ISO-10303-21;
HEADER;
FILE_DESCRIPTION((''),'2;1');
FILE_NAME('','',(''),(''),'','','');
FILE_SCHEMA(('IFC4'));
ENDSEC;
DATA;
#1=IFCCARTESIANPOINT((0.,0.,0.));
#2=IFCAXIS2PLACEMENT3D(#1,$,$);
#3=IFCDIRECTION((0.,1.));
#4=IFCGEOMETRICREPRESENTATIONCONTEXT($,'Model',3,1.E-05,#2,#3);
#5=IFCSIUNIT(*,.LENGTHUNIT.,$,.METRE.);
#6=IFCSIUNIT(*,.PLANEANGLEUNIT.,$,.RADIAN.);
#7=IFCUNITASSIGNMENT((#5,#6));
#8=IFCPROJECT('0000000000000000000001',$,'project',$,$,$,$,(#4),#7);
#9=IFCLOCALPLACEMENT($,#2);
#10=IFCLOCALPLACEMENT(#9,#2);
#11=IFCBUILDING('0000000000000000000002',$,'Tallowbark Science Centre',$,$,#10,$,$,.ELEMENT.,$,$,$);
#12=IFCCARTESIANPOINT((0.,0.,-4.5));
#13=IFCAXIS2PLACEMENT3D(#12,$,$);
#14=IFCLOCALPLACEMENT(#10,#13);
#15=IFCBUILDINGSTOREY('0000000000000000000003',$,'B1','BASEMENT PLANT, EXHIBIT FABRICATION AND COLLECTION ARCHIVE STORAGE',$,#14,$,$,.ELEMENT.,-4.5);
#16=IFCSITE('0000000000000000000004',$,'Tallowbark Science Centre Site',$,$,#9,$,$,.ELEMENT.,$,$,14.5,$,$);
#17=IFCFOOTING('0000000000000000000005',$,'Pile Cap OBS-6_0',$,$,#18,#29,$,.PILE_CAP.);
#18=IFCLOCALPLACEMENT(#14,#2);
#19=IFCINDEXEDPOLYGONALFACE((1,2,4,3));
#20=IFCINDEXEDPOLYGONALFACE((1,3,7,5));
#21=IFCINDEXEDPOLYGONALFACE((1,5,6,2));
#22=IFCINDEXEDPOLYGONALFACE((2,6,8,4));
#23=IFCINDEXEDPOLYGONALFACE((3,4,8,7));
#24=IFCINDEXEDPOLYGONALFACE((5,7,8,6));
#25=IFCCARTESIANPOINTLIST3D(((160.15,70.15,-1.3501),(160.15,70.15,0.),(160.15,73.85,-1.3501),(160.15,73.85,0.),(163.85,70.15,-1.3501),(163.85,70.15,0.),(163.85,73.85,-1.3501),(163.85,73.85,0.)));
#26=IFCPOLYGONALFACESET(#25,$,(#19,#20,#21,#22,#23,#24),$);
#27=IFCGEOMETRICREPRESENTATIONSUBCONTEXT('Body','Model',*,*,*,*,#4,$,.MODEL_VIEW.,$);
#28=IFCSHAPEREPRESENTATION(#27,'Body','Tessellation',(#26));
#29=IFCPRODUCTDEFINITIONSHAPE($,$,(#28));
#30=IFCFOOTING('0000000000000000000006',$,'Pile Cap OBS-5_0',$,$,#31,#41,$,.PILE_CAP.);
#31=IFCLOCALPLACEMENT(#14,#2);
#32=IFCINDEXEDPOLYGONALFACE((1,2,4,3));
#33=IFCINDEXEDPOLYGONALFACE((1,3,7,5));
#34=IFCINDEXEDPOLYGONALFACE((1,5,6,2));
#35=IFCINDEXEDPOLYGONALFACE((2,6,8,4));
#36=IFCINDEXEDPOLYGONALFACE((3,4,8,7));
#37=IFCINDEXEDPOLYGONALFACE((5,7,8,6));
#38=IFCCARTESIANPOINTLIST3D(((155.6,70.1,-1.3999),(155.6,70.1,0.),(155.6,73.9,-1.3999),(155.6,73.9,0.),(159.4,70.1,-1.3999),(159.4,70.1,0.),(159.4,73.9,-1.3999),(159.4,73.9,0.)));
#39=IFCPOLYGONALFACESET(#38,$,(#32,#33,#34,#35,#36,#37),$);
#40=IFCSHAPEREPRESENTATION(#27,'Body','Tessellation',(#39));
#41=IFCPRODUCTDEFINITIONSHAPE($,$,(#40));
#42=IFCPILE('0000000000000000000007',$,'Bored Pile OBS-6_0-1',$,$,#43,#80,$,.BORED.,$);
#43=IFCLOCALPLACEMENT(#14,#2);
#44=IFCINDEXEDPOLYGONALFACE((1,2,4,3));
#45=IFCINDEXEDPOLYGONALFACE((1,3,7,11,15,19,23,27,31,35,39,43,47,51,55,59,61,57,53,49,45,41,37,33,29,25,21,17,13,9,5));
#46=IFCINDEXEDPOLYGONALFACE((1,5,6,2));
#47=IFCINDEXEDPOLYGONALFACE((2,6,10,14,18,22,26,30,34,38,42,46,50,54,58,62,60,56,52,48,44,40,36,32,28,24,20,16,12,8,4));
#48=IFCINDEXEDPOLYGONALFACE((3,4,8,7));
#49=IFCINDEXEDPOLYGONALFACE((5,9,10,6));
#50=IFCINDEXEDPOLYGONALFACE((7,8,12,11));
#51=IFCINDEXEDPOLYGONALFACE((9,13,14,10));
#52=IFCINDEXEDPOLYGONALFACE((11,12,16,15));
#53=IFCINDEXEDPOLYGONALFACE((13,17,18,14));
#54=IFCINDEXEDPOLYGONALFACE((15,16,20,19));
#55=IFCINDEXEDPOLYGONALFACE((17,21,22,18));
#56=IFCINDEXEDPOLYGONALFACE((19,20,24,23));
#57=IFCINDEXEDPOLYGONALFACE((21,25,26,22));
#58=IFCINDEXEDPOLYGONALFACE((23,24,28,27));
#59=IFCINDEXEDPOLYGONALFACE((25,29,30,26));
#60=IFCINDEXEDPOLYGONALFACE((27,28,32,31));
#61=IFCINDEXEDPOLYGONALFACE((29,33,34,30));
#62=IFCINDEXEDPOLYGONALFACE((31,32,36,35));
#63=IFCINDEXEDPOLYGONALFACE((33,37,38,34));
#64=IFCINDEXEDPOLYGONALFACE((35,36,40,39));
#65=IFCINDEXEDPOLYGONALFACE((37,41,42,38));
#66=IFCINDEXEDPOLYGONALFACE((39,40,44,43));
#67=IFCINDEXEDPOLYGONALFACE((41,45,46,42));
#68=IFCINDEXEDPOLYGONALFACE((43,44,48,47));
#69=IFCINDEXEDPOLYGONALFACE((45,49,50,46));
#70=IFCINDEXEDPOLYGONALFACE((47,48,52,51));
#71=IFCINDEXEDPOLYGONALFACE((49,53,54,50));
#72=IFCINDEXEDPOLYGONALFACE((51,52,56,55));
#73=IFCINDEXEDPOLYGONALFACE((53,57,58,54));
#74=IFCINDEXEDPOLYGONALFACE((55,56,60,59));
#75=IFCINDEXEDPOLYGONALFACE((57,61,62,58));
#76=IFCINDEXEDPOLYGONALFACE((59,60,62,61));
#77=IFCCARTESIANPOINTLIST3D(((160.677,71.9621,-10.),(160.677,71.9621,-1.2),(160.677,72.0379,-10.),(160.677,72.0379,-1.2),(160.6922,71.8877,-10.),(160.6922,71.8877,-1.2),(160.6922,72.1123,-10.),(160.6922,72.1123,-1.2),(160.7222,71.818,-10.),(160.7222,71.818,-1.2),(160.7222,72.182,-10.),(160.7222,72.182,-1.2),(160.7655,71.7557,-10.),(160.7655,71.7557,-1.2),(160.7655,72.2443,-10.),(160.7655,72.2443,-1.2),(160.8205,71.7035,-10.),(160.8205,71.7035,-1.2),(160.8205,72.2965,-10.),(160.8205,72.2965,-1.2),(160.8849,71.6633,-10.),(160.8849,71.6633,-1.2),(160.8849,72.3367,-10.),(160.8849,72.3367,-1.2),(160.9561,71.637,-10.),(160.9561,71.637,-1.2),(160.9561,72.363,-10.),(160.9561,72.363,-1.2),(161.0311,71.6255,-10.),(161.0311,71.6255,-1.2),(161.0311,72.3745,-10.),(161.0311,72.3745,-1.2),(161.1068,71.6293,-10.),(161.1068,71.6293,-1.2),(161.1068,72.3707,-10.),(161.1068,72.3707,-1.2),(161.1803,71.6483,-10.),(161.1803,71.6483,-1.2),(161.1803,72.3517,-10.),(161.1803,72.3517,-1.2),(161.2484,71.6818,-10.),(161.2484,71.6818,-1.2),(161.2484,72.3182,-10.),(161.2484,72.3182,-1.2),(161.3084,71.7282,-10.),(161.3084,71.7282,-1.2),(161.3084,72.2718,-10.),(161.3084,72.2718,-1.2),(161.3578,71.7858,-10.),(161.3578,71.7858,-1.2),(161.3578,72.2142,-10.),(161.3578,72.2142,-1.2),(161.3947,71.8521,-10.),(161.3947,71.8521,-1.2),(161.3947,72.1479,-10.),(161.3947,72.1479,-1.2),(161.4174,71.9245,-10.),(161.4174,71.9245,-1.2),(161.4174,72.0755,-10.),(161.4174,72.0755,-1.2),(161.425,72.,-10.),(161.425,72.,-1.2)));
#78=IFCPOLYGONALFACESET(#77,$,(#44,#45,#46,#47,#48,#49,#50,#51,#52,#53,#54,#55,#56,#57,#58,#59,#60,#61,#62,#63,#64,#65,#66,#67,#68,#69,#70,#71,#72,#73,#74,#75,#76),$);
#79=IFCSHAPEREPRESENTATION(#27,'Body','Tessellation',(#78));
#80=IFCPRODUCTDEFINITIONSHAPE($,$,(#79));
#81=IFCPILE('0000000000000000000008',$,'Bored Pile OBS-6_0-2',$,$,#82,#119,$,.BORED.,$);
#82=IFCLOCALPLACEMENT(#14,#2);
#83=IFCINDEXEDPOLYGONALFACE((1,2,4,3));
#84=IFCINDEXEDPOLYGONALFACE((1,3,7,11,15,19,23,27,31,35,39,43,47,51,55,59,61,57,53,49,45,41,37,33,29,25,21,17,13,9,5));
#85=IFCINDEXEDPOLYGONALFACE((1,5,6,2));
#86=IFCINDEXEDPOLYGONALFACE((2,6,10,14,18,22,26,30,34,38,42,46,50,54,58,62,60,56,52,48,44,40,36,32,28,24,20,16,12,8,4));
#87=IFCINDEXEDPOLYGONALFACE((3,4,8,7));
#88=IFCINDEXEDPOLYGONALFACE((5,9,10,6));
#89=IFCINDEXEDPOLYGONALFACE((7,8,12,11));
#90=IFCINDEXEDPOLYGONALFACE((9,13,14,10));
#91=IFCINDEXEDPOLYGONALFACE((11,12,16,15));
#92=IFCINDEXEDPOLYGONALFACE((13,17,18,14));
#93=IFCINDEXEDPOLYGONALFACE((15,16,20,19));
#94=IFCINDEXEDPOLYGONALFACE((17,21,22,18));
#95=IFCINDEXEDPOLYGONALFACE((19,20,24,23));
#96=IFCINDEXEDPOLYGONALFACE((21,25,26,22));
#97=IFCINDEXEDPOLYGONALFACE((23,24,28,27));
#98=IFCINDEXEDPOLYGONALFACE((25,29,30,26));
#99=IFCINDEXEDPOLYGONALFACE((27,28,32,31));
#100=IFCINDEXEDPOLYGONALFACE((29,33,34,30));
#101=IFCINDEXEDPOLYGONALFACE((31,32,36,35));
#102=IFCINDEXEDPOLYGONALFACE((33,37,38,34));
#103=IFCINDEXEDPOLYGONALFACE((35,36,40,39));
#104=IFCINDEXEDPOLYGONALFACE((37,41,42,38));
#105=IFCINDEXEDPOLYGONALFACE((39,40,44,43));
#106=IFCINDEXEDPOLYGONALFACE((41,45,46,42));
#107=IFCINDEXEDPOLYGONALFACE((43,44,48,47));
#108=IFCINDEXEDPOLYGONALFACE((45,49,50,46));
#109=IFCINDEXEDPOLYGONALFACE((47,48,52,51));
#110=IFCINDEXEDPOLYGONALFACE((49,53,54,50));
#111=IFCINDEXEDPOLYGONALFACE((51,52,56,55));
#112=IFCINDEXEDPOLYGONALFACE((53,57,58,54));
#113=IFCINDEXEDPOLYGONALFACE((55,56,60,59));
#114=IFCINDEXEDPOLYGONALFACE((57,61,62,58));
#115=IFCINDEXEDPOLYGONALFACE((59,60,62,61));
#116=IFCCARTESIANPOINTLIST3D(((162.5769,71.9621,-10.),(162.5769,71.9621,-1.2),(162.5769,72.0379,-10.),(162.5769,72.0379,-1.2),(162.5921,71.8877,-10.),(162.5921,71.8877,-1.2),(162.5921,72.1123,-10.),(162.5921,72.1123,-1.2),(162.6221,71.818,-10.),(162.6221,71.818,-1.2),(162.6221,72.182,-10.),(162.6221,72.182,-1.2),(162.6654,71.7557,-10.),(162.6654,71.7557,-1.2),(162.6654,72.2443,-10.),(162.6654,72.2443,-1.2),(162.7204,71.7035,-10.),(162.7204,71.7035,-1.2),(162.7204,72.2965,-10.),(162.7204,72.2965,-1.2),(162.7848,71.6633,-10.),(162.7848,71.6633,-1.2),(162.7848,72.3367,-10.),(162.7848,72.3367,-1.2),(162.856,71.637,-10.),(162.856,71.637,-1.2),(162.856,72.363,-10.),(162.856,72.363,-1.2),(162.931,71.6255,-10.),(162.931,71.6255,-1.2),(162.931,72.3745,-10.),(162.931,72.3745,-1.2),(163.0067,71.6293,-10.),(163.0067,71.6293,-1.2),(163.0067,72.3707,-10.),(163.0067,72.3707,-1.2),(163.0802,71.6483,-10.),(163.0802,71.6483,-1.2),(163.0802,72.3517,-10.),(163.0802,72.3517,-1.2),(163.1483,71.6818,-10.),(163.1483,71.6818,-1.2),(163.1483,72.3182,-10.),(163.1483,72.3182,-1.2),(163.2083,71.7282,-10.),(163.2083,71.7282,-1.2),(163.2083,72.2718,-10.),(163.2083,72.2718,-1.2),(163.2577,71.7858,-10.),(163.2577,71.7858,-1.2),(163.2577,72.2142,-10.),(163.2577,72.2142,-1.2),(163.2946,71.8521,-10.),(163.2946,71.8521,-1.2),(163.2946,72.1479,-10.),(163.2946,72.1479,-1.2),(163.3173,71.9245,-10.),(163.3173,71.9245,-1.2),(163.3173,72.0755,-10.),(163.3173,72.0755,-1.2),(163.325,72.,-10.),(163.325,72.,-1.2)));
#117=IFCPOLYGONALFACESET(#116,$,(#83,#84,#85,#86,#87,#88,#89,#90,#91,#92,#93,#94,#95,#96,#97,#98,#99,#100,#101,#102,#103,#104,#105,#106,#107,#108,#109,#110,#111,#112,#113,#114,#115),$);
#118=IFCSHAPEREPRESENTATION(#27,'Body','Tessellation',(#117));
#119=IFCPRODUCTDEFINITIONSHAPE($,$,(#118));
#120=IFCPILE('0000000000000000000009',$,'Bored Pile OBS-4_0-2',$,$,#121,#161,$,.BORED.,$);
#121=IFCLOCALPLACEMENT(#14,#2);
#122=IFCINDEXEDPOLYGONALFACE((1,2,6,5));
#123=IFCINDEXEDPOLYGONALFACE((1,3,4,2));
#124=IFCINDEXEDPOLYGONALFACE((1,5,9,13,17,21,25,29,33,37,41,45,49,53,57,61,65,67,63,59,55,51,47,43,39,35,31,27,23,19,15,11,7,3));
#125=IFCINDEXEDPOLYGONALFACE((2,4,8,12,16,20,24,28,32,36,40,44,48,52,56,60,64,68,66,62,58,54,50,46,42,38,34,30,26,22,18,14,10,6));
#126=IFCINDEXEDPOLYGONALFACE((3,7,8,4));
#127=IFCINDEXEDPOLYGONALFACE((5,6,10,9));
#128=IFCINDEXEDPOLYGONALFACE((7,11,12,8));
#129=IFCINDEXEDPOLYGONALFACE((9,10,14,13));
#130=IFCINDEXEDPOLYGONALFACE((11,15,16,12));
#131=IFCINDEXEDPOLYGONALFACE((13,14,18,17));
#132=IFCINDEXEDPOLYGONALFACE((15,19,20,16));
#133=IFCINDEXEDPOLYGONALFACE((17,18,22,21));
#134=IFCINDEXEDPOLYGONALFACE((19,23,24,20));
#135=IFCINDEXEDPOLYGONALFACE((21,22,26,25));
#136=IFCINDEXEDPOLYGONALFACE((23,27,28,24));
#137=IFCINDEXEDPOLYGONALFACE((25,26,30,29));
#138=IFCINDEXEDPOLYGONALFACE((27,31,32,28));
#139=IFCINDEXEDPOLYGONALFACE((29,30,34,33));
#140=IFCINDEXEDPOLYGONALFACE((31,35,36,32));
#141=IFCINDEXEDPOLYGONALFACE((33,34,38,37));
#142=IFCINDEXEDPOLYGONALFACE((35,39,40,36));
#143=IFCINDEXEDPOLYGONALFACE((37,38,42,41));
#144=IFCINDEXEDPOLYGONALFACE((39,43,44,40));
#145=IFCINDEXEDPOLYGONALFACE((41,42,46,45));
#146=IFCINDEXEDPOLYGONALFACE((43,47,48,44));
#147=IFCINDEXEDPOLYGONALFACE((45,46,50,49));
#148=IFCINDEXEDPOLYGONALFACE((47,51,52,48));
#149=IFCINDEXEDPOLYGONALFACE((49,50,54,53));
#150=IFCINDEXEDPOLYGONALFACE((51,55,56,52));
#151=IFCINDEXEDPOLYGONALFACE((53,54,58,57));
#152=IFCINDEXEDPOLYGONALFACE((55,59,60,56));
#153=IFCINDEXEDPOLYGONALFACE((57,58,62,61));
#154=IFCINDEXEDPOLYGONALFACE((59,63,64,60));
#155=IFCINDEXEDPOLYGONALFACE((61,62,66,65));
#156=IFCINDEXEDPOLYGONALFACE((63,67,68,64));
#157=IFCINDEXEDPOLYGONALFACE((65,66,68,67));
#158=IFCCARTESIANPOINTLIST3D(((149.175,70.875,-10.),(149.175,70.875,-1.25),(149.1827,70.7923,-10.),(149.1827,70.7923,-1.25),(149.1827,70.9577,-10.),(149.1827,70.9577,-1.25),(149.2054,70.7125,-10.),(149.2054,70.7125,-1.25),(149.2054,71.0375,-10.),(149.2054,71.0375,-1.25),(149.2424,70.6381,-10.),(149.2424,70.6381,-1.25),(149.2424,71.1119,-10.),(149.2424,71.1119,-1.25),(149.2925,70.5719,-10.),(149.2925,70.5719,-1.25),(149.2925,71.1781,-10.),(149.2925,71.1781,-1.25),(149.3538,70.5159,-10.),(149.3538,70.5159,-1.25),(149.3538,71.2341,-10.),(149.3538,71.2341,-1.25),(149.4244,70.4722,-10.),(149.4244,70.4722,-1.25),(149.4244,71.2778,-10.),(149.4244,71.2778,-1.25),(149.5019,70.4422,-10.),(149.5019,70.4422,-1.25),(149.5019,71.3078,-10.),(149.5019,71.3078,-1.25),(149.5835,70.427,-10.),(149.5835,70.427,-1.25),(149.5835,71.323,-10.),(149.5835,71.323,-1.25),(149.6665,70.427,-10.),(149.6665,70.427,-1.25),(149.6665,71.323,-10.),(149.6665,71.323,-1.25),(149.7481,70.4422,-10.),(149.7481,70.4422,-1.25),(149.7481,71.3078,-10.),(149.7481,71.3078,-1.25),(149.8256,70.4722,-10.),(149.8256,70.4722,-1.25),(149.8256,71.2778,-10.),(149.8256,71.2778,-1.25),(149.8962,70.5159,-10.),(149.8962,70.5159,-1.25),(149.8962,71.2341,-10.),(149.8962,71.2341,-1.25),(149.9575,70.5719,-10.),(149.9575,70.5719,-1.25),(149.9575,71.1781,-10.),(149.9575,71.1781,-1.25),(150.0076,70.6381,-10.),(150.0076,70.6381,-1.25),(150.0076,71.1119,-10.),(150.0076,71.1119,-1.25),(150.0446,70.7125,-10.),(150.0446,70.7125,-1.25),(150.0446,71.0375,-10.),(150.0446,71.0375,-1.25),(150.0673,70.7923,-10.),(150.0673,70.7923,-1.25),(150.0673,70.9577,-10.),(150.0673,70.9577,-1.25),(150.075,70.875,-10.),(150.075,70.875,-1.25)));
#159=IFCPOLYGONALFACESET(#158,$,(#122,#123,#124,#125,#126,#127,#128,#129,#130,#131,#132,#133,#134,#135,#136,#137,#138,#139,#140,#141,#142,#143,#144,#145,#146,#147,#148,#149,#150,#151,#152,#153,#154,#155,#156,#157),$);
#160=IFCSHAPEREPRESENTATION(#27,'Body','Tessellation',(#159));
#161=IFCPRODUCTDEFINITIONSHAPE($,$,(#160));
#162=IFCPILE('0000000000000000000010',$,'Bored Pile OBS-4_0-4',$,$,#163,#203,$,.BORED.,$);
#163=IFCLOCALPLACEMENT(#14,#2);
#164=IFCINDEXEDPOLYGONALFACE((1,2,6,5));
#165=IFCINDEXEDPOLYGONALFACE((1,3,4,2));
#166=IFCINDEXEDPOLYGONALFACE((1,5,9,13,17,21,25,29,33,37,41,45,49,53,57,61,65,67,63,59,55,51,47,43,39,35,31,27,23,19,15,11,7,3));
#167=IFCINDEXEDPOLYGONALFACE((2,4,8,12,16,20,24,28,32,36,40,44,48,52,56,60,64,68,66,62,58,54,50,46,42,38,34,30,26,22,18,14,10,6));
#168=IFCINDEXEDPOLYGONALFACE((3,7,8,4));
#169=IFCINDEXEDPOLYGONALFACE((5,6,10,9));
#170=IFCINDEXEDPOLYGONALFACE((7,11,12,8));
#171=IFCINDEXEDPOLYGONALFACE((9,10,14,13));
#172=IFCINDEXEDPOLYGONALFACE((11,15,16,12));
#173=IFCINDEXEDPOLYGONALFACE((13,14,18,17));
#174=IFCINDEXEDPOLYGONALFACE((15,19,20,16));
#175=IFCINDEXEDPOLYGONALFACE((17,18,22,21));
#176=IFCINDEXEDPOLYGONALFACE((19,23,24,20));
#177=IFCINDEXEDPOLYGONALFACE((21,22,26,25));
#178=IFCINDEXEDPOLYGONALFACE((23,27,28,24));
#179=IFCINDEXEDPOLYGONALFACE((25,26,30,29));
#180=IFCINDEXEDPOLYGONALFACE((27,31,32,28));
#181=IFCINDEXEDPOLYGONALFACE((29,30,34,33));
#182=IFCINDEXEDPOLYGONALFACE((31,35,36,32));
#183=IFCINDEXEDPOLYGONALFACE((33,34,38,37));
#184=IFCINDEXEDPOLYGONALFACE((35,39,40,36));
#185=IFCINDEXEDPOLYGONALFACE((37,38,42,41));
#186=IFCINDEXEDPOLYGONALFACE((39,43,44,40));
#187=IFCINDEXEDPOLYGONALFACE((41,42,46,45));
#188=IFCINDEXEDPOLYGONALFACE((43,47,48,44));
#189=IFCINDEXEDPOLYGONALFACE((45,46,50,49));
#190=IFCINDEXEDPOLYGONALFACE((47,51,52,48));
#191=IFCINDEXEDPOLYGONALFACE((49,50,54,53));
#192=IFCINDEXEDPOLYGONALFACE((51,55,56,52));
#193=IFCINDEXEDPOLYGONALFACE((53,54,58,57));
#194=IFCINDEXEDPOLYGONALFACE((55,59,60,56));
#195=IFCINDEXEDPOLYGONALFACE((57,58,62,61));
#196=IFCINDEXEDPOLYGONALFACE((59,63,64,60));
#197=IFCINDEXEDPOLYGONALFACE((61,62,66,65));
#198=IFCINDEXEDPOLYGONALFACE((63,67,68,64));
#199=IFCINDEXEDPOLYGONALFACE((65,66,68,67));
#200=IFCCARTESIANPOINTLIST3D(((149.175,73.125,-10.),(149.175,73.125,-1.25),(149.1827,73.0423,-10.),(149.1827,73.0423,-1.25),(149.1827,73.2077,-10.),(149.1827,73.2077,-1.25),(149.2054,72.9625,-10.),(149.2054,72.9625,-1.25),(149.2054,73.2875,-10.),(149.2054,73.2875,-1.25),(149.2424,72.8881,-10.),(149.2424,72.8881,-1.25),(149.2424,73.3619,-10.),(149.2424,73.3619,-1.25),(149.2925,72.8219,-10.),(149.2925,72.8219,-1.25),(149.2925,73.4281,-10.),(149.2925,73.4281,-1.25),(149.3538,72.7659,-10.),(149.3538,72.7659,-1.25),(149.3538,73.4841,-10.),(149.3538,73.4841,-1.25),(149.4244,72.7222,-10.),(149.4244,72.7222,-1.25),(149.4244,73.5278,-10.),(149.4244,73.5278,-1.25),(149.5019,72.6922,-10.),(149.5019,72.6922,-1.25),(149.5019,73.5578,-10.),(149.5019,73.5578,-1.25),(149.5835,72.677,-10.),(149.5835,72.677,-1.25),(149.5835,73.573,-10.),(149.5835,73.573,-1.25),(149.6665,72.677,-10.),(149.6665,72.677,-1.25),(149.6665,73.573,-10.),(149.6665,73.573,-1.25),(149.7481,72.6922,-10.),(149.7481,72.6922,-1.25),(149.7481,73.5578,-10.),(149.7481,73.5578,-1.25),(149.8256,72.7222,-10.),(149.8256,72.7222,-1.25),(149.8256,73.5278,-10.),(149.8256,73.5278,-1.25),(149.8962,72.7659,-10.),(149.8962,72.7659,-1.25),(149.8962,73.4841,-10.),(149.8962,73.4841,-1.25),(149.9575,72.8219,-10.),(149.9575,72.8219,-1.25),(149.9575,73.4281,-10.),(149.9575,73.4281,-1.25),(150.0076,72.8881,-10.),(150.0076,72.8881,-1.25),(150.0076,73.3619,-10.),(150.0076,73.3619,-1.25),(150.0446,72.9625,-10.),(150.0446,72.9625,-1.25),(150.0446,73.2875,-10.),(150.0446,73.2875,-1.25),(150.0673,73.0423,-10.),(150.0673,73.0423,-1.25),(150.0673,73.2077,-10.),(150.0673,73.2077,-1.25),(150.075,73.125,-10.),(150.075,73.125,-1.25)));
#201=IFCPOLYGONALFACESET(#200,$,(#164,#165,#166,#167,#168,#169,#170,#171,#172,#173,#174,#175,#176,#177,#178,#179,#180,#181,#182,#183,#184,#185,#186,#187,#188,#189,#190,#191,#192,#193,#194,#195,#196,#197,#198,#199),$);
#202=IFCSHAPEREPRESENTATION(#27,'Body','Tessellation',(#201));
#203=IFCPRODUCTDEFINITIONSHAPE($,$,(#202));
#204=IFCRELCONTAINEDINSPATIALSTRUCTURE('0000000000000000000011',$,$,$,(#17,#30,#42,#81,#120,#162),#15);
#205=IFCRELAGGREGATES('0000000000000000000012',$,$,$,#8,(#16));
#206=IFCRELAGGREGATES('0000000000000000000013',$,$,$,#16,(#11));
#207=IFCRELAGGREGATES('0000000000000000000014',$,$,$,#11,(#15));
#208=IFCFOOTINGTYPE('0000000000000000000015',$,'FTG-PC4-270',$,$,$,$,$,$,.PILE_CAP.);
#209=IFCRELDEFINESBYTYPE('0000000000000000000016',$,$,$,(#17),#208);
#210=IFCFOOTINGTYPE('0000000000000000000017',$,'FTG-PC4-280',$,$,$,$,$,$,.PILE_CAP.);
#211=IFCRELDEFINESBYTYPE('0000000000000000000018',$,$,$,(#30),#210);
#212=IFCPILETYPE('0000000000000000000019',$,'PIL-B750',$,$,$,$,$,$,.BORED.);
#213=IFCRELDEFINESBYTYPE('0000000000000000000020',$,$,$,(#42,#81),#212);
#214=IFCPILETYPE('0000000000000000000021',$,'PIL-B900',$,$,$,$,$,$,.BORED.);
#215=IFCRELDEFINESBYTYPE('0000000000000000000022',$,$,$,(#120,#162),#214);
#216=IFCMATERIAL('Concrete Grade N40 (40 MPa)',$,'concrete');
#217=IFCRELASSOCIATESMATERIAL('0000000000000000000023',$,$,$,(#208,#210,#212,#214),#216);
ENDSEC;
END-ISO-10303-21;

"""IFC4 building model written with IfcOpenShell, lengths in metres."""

from ifc_helpers import new_model, si_unit, direction, frame, origin, origin_2d, place, context, subcontext, project, spatial, rectangle, circle, extrude, material, material_profile, profile_set, type_object, element, save


model = new_model("IFC4")

# Units and contexts
model_context = context("Model", 3, precision=1e-05, world=origin(), true_north=direction((0.0, 1.0)))
body_context = subcontext(model_context, "Body", "Model", "MODEL_VIEW")
ifc_project = project(units=[si_unit("LENGTHUNIT", "METRE"), si_unit("PLANEANGLEUNIT", "RADIAN")], contexts=[model_context])

# Site, building, storey
site_placement = place(None, origin())
site = spatial("IfcSite", under=ifc_project, at=site_placement, Name="Tallowbark Science Centre Site", CompositionType="ELEMENT", RefElevation=14.5)
building_placement = place(site_placement, origin())
building = spatial("IfcBuilding", under=site, at=building_placement, Name="Tallowbark Science Centre", CompositionType="ELEMENT")
storey_placement = place(building_placement, frame((0.0, 0.0, -4.5)))
storey = spatial("IfcBuildingStorey", under=building, at=storey_placement, Name="B1", Description="BASEMENT PLANT, EXHIBIT FABRICATION AND COLLECTION ARCHIVE STORAGE", CompositionType="ELEMENT", Elevation=-4.5)

# Footings
ifc_material_1 = material(Name="Concrete Grade N40 (40 MPa)", Category="concrete")
footing_type_1 = type_object("IfcFootingType", Name="FTG-PC4-270", PredefinedType="PILE_CAP", material=ifc_material_1)
footing_1_placement = place(storey_placement, frame((162.0, 72.0, -1.3501), z_axis=(0.0, 0.0, 1.0), x_axis=(1.0, 0.0, 0.0)))
element("IfcFooting", 1, at=footing_1_placement, inside=storey, type_object=footing_type_1, Name="Pile Cap OBS-6_0", PredefinedType="PILE_CAP", context=body_context, shape_type="SweptSolid", body=[
    extrude(rectangle(XDim=3.7, YDim=3.7, at=origin_2d()), origin(), (0.0, 0.0, 1.0), 1.3501),
])
footing_type_2 = type_object("IfcFootingType", Name="FTG-PC4-280", PredefinedType="PILE_CAP", material=ifc_material_1)
footing_2_placement = place(storey_placement, frame((157.5, 72.0, -1.3999), z_axis=(0.0, 0.0, 1.0), x_axis=(1.0, 0.0, 0.0)))
element("IfcFooting", 2, at=footing_2_placement, inside=storey, type_object=footing_type_2, Name="Pile Cap OBS-5_0", PredefinedType="PILE_CAP", context=body_context, shape_type="SweptSolid", body=[
    extrude(rectangle(XDim=3.8, YDim=3.8, at=origin_2d()), origin(), (0.0, 0.0, 1.0), 1.3999),
])

# Piles
ifc_material_profile_1 = material_profile(ifc_material_1, circle(Radius=0.375, at=origin_2d()), Name="PILE750")
ifc_profile_set_1 = profile_set([ifc_material_profile_1], Name="Concrete Grade N40 (40 MPa)")
pile_type_1 = type_object("IfcPileType", Name="PIL-B750", PredefinedType="BORED", material=ifc_profile_set_1)
for number, where, z_axis, x_axis, name in (
    (3, (161.05, 72.0, -1.2), (0.0, 0.0, -1.0), (1.0, 0.0, 0.0), "Bored Pile OBS-6_0-1"),
    (4, (162.95, 72.0, -1.2), (0.0, 0.0, -1.0), (1.0, 0.0, 0.0), "Bored Pile OBS-6_0-2"),
):
    element("IfcPile", number, at=place(storey_placement, frame(where, z_axis=z_axis, x_axis=x_axis)), inside=storey, type_object=pile_type_1, Name=name, PredefinedType="BORED", context=body_context, shape_type="SweptSolid", body=[
        extrude(circle(Radius=0.375, at=origin_2d()), origin(), (0.0, 0.0, 1.0), 8.8),
    ])
ifc_material_profile_2 = material_profile(ifc_material_1, circle(Radius=0.45, at=origin_2d()), Name="PILE900")
ifc_profile_set_2 = profile_set([ifc_material_profile_2], Name="Concrete Grade N40 (40 MPa)")
pile_type_2 = type_object("IfcPileType", Name="PIL-B900", PredefinedType="BORED", material=ifc_profile_set_2)
for number, where, z_axis, x_axis, name in (
    (5, (149.625, 70.875, -1.25), (0.0, 0.0, -1.0), (1.0, 0.0, 0.0), "Bored Pile OBS-4_0-2"),
    (6, (149.625, 73.125, -1.25), (0.0, 0.0, -1.0), (1.0, 0.0, 0.0), "Bored Pile OBS-4_0-4"),
):
    element("IfcPile", number, at=place(storey_placement, frame(where, z_axis=z_axis, x_axis=x_axis)), inside=storey, type_object=pile_type_2, Name=name, PredefinedType="BORED", context=body_context, shape_type="SweptSolid", body=[
        extrude(circle(Radius=0.45, at=origin_2d()), origin(), (0.0, 0.0, 1.0), 8.75),
    ])

save(model, "model.ifc")
